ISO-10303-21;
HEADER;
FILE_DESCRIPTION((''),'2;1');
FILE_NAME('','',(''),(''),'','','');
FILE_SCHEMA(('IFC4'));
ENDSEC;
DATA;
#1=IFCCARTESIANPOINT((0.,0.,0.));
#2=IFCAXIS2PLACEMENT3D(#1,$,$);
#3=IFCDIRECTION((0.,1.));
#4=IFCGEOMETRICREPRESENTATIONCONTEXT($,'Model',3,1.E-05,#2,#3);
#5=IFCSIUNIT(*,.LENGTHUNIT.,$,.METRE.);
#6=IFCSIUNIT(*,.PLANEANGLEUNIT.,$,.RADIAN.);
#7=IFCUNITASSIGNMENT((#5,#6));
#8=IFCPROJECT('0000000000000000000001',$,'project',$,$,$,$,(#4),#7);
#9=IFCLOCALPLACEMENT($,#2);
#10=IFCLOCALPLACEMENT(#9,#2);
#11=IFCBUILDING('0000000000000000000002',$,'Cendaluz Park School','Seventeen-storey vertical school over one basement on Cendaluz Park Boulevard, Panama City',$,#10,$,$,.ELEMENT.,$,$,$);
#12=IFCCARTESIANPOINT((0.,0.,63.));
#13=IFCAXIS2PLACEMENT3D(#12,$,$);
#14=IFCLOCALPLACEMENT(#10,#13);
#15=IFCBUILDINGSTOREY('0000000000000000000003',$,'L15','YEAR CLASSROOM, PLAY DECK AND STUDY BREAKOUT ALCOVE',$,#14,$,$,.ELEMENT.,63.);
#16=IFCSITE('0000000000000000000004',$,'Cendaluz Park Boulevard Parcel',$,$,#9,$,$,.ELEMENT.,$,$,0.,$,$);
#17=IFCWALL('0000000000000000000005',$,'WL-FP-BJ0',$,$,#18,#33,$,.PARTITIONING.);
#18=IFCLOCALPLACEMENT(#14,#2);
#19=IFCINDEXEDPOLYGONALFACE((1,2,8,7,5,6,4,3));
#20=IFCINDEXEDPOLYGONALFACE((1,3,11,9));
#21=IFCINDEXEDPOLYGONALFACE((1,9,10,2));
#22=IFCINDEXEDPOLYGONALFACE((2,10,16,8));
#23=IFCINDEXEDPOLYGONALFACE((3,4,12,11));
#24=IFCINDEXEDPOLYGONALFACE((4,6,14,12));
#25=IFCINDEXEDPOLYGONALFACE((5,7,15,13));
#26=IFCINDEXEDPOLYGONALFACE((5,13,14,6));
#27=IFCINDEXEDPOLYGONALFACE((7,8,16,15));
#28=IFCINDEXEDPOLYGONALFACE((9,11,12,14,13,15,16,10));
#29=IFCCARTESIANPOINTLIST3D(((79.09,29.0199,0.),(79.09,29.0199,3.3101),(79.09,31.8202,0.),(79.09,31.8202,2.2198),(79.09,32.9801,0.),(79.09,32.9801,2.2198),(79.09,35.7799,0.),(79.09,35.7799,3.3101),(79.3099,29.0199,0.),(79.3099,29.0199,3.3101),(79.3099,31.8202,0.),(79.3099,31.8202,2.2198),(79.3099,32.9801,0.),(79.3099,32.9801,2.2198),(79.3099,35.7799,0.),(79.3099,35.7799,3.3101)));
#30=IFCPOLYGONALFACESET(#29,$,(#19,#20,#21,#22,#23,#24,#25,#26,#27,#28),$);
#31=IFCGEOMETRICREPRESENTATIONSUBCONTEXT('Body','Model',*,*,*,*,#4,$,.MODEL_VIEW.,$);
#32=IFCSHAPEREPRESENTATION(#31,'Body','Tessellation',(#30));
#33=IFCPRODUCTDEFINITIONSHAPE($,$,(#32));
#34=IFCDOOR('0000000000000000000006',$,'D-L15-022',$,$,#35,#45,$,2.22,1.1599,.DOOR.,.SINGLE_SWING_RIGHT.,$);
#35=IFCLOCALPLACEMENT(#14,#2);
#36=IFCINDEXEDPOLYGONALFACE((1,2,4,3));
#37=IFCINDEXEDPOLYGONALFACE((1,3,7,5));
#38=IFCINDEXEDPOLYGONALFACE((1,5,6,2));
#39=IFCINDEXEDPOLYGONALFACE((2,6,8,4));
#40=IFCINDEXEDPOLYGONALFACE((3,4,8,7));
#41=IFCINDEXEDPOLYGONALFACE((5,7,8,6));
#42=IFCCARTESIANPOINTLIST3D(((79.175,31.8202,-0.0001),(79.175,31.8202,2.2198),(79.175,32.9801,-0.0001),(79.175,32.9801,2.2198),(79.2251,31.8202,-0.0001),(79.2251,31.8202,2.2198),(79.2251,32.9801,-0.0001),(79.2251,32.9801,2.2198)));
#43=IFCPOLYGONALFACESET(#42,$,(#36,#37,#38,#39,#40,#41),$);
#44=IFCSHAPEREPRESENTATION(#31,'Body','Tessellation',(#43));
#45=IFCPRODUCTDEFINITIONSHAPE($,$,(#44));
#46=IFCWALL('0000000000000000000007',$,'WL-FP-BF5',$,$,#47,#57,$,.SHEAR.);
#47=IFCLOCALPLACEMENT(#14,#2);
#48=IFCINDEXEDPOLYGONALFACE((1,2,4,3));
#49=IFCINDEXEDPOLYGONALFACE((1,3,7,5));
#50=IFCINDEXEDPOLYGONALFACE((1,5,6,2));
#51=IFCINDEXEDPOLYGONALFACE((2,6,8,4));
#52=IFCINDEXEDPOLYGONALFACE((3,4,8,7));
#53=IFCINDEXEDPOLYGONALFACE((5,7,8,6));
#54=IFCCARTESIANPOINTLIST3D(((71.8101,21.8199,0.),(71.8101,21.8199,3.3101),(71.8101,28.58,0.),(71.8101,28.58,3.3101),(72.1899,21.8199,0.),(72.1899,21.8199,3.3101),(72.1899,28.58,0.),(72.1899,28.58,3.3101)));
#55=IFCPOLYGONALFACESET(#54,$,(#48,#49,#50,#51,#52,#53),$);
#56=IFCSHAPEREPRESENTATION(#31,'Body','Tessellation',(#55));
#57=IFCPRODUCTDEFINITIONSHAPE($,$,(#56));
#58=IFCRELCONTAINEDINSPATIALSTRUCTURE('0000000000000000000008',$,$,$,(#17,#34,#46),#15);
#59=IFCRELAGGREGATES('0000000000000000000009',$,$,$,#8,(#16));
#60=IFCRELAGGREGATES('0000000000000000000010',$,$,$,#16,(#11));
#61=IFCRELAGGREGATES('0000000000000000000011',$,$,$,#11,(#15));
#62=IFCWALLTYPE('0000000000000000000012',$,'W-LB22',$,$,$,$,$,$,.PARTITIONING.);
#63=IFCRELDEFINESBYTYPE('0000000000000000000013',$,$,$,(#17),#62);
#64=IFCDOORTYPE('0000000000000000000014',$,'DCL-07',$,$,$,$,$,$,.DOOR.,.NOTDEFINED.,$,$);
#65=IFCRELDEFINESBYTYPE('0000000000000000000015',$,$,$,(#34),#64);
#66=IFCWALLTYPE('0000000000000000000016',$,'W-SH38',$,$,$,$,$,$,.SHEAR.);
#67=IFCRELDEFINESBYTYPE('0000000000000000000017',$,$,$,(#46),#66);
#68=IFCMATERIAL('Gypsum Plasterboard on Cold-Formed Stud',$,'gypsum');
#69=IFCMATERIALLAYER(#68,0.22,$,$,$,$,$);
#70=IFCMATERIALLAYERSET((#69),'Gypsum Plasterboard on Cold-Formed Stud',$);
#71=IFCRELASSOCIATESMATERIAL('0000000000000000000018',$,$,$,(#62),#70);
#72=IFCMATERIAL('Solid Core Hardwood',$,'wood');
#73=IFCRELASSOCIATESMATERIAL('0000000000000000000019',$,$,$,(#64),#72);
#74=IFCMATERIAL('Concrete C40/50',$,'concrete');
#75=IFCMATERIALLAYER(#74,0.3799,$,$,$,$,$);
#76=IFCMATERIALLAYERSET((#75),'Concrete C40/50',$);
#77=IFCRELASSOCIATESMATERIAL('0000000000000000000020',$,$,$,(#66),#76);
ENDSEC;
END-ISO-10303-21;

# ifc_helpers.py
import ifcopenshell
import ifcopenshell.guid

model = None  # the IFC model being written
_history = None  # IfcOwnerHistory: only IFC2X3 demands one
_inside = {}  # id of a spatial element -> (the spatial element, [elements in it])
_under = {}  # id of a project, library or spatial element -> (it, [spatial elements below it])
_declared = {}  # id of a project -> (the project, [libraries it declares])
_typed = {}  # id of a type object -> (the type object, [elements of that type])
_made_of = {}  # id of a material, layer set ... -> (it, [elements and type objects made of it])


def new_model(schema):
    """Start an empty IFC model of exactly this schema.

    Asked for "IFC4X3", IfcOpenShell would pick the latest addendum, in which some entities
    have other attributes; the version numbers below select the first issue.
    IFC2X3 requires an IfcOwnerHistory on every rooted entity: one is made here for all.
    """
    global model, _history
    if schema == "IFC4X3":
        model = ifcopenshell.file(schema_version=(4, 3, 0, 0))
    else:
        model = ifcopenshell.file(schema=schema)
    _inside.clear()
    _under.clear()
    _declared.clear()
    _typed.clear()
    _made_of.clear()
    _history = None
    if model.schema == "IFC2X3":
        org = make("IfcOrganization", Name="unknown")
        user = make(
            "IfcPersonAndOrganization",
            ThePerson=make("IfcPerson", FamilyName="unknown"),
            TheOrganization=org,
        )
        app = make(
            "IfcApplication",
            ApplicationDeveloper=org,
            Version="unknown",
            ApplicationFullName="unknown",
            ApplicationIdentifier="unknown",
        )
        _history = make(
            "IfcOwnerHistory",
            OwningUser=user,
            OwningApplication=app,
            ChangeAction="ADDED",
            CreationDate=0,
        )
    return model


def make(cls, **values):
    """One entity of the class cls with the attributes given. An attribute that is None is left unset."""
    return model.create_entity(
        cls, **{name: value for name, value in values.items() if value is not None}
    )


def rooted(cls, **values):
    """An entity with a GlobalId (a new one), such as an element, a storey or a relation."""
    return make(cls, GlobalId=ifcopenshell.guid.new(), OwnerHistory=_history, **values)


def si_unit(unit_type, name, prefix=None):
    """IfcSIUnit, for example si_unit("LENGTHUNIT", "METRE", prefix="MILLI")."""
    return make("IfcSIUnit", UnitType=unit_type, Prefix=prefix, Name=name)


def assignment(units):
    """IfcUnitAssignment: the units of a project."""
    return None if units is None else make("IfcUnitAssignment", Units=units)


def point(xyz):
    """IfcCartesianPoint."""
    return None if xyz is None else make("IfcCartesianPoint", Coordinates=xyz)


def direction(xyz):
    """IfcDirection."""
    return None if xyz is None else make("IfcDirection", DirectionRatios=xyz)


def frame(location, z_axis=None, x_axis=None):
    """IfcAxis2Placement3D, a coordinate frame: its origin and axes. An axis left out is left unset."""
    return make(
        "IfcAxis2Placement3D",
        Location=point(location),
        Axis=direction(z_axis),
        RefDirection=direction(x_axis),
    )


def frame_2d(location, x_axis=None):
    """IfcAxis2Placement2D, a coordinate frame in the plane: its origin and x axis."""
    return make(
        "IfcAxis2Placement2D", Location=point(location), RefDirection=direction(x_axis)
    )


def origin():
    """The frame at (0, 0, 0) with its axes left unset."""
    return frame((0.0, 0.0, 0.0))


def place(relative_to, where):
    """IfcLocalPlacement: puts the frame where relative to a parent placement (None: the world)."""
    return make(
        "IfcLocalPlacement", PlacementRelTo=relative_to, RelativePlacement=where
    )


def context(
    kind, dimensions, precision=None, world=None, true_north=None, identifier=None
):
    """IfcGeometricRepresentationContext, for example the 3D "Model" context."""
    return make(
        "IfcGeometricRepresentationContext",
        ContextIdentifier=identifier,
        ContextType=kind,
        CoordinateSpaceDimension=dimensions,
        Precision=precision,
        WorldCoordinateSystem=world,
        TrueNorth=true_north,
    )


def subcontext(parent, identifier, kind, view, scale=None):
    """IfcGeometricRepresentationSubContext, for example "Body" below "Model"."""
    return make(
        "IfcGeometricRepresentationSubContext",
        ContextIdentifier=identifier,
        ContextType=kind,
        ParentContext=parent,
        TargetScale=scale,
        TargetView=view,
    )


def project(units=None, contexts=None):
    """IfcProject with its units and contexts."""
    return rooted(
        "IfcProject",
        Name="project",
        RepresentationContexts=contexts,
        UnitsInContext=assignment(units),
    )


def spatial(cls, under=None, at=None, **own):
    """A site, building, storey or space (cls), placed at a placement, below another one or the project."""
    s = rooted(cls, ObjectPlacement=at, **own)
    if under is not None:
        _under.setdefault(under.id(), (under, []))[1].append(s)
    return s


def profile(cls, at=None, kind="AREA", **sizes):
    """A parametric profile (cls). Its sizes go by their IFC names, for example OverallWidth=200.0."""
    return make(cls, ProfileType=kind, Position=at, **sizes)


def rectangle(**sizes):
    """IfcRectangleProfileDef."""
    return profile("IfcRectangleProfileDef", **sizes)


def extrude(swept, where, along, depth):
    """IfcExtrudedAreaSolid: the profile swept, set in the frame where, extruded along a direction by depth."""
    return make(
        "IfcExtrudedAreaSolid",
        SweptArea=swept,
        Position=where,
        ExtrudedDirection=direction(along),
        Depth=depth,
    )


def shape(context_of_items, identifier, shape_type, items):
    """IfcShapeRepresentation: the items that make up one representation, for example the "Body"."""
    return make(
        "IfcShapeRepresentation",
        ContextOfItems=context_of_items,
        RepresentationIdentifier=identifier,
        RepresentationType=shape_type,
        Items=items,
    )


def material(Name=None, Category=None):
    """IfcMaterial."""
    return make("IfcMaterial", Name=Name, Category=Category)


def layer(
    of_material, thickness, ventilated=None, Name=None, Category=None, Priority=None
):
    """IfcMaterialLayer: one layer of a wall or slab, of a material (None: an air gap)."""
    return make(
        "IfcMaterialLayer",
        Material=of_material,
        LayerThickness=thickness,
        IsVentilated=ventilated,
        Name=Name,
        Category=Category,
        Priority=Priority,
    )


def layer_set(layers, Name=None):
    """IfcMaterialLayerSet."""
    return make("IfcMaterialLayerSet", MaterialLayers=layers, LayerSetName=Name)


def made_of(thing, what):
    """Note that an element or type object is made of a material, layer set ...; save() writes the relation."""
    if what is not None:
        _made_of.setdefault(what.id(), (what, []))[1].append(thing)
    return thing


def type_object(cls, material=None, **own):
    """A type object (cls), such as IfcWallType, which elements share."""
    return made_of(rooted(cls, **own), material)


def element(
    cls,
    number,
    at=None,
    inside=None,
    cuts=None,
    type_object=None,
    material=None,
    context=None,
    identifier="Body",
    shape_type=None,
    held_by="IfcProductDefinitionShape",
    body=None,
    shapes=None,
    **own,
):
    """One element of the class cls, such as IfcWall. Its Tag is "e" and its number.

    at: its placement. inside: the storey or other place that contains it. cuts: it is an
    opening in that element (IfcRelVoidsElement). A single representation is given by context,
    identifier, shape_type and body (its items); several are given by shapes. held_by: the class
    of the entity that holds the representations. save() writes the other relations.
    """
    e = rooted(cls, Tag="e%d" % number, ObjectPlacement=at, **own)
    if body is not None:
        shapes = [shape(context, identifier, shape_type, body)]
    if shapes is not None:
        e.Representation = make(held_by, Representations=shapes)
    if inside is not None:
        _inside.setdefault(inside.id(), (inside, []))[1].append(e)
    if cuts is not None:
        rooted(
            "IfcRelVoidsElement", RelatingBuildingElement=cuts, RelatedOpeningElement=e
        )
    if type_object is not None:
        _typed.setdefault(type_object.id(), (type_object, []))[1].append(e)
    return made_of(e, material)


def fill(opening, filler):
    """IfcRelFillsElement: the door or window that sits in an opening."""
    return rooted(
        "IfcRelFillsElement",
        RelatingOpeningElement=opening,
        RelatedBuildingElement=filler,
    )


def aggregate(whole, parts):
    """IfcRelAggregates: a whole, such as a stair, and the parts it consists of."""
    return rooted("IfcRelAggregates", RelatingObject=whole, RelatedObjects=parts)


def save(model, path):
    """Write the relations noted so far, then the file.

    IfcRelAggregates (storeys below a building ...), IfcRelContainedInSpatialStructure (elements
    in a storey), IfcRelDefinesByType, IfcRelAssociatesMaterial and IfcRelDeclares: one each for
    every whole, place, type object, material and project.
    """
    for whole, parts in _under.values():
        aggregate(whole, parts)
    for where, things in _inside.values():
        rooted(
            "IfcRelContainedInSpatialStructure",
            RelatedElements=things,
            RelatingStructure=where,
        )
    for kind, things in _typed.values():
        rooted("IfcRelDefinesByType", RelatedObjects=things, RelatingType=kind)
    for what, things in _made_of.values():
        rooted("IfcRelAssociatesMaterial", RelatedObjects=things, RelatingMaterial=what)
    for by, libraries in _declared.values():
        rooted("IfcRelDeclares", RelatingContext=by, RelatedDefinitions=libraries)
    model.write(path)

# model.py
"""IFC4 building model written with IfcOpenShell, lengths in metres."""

from ifc_helpers import new_model, si_unit, direction, frame, frame_2d, origin, place, context, subcontext, project, spatial, rectangle, extrude, material, layer, layer_set, type_object, element, fill, save


model = new_model("IFC4")

# Units and contexts
model_context = context("Model", 3, precision=1e-05, world=origin(), true_north=direction((0.0, 1.0)))
body_context = subcontext(model_context, "Body", "Model", "MODEL_VIEW")
ifc_project = project(units=[si_unit("LENGTHUNIT", "METRE"), si_unit("PLANEANGLEUNIT", "RADIAN")], contexts=[model_context])

# Site, building, storey
site_placement = place(None, origin())
site = spatial("IfcSite", under=ifc_project, at=site_placement, Name="Cendaluz Park Boulevard Parcel", CompositionType="ELEMENT", RefElevation=0.0)
building_placement = place(site_placement, origin())
building = spatial("IfcBuilding", under=site, at=building_placement, Name="Cendaluz Park School", Description="Seventeen-storey vertical school over one basement on Cendaluz Park Boulevard, Panama City", CompositionType="ELEMENT")
storey_placement = place(building_placement, frame((0.0, 0.0, 63.0)))
storey = spatial("IfcBuildingStorey", under=building, at=storey_placement, Name="L15", Description="YEAR CLASSROOM, PLAY DECK AND STUDY BREAKOUT ALCOVE", CompositionType="ELEMENT", Elevation=63.0)

# Shared definitions
ifc_material_1 = material(Name="Gypsum Plasterboard on Cold-Formed Stud", Category="gypsum")
ifc_material_2 = material(Name="Solid Core Hardwood", Category="wood")

# Shared definitions
ifc_layer_1 = layer(ifc_material_1, 0.22)
ifc_layer_set_1 = layer_set([ifc_layer_1], Name="Gypsum Plasterboard on Cold-Formed Stud")
wall_type_1 = type_object("IfcWallType", Name="W-LB22", PredefinedType="PARTITIONING", material=ifc_layer_set_1)

# Wall, opening, door
wall_1_placement = place(storey_placement, frame((79.2, 29.02, 0.0), z_axis=(0.0, 0.0, 1.0), x_axis=(0.0, 1.0, 0.0)))
wall_1 = element("IfcWall", 1, at=wall_1_placement, inside=storey, type_object=wall_type_1, Name="WL-FP-BJ0", PredefinedType="PARTITIONING", context=body_context, shape_type="SweptSolid", body=[
    extrude(rectangle(XDim=6.76, YDim=0.22, at=frame_2d((3.3799, 0.0))), origin(), (0.0, 0.0, 1.0), 3.3101),
])
opening_1_placement = place(wall_1_placement, frame((2.8, 0.0, 0.0)))
opening_1 = element("IfcOpeningElement", 2, at=opening_1_placement, cuts=wall_1, PredefinedType="OPENING", context=body_context, shape_type="SweptSolid", body=[
    extrude(rectangle(XDim=1.1599, YDim=2.22, at=frame_2d((0.5801, 1.1099))), frame((0.0, 0.1221, 0.0), z_axis=(0.0, -1.0, 0.0), x_axis=(1.0, 0.0, 0.0)), (0.0, 0.0, 1.0), 0.2439),
])
door_type_1 = type_object("IfcDoorType", Name="DCL-07", OperationType="NOTDEFINED", PredefinedType="DOOR", material=ifc_material_2)
door_1_placement = place(opening_1_placement, origin())
door_1 = element("IfcDoor", 3, at=door_1_placement, inside=storey, type_object=door_type_1, Name="D-L15-022", OperationType="SINGLE_SWING_RIGHT", OverallHeight=2.22, OverallWidth=1.1599, PredefinedType="DOOR", context=body_context, shape_type="SweptSolid", body=[
    extrude(rectangle(XDim=1.1599, YDim=2.22, at=frame_2d((0.5801, 1.1099))), frame((0.0, 0.0249, 0.0), z_axis=(0.0, -1.0, 0.0), x_axis=(1.0, 0.0, 0.0)), (0.0, 0.0, 1.0), 0.05),
])
fill(opening_1, door_1)

# Wall
ifc_material_3 = material(Name="Concrete C40/50", Category="concrete")
ifc_layer_2 = layer(ifc_material_3, 0.3799)
ifc_layer_set_2 = layer_set([ifc_layer_2], Name="Concrete C40/50")
wall_type_2 = type_object("IfcWallType", Name="W-SH38", PredefinedType="SHEAR", material=ifc_layer_set_2)
wall_2_placement = place(storey_placement, frame((72.0, 21.8201, 0.0), z_axis=(0.0, 0.0, 1.0), x_axis=(0.0, 1.0, 0.0)))
element("IfcWall", 4, at=wall_2_placement, inside=storey, type_object=wall_type_2, Name="WL-FP-BF5", PredefinedType="SHEAR", context=body_context, shape_type="SweptSolid", body=[
    extrude(rectangle(XDim=6.76, YDim=0.3799, at=frame_2d((3.3799, 0.0))), origin(), (0.0, 0.0, 1.0), 3.3101),
])

save(model, "model.ifc")
